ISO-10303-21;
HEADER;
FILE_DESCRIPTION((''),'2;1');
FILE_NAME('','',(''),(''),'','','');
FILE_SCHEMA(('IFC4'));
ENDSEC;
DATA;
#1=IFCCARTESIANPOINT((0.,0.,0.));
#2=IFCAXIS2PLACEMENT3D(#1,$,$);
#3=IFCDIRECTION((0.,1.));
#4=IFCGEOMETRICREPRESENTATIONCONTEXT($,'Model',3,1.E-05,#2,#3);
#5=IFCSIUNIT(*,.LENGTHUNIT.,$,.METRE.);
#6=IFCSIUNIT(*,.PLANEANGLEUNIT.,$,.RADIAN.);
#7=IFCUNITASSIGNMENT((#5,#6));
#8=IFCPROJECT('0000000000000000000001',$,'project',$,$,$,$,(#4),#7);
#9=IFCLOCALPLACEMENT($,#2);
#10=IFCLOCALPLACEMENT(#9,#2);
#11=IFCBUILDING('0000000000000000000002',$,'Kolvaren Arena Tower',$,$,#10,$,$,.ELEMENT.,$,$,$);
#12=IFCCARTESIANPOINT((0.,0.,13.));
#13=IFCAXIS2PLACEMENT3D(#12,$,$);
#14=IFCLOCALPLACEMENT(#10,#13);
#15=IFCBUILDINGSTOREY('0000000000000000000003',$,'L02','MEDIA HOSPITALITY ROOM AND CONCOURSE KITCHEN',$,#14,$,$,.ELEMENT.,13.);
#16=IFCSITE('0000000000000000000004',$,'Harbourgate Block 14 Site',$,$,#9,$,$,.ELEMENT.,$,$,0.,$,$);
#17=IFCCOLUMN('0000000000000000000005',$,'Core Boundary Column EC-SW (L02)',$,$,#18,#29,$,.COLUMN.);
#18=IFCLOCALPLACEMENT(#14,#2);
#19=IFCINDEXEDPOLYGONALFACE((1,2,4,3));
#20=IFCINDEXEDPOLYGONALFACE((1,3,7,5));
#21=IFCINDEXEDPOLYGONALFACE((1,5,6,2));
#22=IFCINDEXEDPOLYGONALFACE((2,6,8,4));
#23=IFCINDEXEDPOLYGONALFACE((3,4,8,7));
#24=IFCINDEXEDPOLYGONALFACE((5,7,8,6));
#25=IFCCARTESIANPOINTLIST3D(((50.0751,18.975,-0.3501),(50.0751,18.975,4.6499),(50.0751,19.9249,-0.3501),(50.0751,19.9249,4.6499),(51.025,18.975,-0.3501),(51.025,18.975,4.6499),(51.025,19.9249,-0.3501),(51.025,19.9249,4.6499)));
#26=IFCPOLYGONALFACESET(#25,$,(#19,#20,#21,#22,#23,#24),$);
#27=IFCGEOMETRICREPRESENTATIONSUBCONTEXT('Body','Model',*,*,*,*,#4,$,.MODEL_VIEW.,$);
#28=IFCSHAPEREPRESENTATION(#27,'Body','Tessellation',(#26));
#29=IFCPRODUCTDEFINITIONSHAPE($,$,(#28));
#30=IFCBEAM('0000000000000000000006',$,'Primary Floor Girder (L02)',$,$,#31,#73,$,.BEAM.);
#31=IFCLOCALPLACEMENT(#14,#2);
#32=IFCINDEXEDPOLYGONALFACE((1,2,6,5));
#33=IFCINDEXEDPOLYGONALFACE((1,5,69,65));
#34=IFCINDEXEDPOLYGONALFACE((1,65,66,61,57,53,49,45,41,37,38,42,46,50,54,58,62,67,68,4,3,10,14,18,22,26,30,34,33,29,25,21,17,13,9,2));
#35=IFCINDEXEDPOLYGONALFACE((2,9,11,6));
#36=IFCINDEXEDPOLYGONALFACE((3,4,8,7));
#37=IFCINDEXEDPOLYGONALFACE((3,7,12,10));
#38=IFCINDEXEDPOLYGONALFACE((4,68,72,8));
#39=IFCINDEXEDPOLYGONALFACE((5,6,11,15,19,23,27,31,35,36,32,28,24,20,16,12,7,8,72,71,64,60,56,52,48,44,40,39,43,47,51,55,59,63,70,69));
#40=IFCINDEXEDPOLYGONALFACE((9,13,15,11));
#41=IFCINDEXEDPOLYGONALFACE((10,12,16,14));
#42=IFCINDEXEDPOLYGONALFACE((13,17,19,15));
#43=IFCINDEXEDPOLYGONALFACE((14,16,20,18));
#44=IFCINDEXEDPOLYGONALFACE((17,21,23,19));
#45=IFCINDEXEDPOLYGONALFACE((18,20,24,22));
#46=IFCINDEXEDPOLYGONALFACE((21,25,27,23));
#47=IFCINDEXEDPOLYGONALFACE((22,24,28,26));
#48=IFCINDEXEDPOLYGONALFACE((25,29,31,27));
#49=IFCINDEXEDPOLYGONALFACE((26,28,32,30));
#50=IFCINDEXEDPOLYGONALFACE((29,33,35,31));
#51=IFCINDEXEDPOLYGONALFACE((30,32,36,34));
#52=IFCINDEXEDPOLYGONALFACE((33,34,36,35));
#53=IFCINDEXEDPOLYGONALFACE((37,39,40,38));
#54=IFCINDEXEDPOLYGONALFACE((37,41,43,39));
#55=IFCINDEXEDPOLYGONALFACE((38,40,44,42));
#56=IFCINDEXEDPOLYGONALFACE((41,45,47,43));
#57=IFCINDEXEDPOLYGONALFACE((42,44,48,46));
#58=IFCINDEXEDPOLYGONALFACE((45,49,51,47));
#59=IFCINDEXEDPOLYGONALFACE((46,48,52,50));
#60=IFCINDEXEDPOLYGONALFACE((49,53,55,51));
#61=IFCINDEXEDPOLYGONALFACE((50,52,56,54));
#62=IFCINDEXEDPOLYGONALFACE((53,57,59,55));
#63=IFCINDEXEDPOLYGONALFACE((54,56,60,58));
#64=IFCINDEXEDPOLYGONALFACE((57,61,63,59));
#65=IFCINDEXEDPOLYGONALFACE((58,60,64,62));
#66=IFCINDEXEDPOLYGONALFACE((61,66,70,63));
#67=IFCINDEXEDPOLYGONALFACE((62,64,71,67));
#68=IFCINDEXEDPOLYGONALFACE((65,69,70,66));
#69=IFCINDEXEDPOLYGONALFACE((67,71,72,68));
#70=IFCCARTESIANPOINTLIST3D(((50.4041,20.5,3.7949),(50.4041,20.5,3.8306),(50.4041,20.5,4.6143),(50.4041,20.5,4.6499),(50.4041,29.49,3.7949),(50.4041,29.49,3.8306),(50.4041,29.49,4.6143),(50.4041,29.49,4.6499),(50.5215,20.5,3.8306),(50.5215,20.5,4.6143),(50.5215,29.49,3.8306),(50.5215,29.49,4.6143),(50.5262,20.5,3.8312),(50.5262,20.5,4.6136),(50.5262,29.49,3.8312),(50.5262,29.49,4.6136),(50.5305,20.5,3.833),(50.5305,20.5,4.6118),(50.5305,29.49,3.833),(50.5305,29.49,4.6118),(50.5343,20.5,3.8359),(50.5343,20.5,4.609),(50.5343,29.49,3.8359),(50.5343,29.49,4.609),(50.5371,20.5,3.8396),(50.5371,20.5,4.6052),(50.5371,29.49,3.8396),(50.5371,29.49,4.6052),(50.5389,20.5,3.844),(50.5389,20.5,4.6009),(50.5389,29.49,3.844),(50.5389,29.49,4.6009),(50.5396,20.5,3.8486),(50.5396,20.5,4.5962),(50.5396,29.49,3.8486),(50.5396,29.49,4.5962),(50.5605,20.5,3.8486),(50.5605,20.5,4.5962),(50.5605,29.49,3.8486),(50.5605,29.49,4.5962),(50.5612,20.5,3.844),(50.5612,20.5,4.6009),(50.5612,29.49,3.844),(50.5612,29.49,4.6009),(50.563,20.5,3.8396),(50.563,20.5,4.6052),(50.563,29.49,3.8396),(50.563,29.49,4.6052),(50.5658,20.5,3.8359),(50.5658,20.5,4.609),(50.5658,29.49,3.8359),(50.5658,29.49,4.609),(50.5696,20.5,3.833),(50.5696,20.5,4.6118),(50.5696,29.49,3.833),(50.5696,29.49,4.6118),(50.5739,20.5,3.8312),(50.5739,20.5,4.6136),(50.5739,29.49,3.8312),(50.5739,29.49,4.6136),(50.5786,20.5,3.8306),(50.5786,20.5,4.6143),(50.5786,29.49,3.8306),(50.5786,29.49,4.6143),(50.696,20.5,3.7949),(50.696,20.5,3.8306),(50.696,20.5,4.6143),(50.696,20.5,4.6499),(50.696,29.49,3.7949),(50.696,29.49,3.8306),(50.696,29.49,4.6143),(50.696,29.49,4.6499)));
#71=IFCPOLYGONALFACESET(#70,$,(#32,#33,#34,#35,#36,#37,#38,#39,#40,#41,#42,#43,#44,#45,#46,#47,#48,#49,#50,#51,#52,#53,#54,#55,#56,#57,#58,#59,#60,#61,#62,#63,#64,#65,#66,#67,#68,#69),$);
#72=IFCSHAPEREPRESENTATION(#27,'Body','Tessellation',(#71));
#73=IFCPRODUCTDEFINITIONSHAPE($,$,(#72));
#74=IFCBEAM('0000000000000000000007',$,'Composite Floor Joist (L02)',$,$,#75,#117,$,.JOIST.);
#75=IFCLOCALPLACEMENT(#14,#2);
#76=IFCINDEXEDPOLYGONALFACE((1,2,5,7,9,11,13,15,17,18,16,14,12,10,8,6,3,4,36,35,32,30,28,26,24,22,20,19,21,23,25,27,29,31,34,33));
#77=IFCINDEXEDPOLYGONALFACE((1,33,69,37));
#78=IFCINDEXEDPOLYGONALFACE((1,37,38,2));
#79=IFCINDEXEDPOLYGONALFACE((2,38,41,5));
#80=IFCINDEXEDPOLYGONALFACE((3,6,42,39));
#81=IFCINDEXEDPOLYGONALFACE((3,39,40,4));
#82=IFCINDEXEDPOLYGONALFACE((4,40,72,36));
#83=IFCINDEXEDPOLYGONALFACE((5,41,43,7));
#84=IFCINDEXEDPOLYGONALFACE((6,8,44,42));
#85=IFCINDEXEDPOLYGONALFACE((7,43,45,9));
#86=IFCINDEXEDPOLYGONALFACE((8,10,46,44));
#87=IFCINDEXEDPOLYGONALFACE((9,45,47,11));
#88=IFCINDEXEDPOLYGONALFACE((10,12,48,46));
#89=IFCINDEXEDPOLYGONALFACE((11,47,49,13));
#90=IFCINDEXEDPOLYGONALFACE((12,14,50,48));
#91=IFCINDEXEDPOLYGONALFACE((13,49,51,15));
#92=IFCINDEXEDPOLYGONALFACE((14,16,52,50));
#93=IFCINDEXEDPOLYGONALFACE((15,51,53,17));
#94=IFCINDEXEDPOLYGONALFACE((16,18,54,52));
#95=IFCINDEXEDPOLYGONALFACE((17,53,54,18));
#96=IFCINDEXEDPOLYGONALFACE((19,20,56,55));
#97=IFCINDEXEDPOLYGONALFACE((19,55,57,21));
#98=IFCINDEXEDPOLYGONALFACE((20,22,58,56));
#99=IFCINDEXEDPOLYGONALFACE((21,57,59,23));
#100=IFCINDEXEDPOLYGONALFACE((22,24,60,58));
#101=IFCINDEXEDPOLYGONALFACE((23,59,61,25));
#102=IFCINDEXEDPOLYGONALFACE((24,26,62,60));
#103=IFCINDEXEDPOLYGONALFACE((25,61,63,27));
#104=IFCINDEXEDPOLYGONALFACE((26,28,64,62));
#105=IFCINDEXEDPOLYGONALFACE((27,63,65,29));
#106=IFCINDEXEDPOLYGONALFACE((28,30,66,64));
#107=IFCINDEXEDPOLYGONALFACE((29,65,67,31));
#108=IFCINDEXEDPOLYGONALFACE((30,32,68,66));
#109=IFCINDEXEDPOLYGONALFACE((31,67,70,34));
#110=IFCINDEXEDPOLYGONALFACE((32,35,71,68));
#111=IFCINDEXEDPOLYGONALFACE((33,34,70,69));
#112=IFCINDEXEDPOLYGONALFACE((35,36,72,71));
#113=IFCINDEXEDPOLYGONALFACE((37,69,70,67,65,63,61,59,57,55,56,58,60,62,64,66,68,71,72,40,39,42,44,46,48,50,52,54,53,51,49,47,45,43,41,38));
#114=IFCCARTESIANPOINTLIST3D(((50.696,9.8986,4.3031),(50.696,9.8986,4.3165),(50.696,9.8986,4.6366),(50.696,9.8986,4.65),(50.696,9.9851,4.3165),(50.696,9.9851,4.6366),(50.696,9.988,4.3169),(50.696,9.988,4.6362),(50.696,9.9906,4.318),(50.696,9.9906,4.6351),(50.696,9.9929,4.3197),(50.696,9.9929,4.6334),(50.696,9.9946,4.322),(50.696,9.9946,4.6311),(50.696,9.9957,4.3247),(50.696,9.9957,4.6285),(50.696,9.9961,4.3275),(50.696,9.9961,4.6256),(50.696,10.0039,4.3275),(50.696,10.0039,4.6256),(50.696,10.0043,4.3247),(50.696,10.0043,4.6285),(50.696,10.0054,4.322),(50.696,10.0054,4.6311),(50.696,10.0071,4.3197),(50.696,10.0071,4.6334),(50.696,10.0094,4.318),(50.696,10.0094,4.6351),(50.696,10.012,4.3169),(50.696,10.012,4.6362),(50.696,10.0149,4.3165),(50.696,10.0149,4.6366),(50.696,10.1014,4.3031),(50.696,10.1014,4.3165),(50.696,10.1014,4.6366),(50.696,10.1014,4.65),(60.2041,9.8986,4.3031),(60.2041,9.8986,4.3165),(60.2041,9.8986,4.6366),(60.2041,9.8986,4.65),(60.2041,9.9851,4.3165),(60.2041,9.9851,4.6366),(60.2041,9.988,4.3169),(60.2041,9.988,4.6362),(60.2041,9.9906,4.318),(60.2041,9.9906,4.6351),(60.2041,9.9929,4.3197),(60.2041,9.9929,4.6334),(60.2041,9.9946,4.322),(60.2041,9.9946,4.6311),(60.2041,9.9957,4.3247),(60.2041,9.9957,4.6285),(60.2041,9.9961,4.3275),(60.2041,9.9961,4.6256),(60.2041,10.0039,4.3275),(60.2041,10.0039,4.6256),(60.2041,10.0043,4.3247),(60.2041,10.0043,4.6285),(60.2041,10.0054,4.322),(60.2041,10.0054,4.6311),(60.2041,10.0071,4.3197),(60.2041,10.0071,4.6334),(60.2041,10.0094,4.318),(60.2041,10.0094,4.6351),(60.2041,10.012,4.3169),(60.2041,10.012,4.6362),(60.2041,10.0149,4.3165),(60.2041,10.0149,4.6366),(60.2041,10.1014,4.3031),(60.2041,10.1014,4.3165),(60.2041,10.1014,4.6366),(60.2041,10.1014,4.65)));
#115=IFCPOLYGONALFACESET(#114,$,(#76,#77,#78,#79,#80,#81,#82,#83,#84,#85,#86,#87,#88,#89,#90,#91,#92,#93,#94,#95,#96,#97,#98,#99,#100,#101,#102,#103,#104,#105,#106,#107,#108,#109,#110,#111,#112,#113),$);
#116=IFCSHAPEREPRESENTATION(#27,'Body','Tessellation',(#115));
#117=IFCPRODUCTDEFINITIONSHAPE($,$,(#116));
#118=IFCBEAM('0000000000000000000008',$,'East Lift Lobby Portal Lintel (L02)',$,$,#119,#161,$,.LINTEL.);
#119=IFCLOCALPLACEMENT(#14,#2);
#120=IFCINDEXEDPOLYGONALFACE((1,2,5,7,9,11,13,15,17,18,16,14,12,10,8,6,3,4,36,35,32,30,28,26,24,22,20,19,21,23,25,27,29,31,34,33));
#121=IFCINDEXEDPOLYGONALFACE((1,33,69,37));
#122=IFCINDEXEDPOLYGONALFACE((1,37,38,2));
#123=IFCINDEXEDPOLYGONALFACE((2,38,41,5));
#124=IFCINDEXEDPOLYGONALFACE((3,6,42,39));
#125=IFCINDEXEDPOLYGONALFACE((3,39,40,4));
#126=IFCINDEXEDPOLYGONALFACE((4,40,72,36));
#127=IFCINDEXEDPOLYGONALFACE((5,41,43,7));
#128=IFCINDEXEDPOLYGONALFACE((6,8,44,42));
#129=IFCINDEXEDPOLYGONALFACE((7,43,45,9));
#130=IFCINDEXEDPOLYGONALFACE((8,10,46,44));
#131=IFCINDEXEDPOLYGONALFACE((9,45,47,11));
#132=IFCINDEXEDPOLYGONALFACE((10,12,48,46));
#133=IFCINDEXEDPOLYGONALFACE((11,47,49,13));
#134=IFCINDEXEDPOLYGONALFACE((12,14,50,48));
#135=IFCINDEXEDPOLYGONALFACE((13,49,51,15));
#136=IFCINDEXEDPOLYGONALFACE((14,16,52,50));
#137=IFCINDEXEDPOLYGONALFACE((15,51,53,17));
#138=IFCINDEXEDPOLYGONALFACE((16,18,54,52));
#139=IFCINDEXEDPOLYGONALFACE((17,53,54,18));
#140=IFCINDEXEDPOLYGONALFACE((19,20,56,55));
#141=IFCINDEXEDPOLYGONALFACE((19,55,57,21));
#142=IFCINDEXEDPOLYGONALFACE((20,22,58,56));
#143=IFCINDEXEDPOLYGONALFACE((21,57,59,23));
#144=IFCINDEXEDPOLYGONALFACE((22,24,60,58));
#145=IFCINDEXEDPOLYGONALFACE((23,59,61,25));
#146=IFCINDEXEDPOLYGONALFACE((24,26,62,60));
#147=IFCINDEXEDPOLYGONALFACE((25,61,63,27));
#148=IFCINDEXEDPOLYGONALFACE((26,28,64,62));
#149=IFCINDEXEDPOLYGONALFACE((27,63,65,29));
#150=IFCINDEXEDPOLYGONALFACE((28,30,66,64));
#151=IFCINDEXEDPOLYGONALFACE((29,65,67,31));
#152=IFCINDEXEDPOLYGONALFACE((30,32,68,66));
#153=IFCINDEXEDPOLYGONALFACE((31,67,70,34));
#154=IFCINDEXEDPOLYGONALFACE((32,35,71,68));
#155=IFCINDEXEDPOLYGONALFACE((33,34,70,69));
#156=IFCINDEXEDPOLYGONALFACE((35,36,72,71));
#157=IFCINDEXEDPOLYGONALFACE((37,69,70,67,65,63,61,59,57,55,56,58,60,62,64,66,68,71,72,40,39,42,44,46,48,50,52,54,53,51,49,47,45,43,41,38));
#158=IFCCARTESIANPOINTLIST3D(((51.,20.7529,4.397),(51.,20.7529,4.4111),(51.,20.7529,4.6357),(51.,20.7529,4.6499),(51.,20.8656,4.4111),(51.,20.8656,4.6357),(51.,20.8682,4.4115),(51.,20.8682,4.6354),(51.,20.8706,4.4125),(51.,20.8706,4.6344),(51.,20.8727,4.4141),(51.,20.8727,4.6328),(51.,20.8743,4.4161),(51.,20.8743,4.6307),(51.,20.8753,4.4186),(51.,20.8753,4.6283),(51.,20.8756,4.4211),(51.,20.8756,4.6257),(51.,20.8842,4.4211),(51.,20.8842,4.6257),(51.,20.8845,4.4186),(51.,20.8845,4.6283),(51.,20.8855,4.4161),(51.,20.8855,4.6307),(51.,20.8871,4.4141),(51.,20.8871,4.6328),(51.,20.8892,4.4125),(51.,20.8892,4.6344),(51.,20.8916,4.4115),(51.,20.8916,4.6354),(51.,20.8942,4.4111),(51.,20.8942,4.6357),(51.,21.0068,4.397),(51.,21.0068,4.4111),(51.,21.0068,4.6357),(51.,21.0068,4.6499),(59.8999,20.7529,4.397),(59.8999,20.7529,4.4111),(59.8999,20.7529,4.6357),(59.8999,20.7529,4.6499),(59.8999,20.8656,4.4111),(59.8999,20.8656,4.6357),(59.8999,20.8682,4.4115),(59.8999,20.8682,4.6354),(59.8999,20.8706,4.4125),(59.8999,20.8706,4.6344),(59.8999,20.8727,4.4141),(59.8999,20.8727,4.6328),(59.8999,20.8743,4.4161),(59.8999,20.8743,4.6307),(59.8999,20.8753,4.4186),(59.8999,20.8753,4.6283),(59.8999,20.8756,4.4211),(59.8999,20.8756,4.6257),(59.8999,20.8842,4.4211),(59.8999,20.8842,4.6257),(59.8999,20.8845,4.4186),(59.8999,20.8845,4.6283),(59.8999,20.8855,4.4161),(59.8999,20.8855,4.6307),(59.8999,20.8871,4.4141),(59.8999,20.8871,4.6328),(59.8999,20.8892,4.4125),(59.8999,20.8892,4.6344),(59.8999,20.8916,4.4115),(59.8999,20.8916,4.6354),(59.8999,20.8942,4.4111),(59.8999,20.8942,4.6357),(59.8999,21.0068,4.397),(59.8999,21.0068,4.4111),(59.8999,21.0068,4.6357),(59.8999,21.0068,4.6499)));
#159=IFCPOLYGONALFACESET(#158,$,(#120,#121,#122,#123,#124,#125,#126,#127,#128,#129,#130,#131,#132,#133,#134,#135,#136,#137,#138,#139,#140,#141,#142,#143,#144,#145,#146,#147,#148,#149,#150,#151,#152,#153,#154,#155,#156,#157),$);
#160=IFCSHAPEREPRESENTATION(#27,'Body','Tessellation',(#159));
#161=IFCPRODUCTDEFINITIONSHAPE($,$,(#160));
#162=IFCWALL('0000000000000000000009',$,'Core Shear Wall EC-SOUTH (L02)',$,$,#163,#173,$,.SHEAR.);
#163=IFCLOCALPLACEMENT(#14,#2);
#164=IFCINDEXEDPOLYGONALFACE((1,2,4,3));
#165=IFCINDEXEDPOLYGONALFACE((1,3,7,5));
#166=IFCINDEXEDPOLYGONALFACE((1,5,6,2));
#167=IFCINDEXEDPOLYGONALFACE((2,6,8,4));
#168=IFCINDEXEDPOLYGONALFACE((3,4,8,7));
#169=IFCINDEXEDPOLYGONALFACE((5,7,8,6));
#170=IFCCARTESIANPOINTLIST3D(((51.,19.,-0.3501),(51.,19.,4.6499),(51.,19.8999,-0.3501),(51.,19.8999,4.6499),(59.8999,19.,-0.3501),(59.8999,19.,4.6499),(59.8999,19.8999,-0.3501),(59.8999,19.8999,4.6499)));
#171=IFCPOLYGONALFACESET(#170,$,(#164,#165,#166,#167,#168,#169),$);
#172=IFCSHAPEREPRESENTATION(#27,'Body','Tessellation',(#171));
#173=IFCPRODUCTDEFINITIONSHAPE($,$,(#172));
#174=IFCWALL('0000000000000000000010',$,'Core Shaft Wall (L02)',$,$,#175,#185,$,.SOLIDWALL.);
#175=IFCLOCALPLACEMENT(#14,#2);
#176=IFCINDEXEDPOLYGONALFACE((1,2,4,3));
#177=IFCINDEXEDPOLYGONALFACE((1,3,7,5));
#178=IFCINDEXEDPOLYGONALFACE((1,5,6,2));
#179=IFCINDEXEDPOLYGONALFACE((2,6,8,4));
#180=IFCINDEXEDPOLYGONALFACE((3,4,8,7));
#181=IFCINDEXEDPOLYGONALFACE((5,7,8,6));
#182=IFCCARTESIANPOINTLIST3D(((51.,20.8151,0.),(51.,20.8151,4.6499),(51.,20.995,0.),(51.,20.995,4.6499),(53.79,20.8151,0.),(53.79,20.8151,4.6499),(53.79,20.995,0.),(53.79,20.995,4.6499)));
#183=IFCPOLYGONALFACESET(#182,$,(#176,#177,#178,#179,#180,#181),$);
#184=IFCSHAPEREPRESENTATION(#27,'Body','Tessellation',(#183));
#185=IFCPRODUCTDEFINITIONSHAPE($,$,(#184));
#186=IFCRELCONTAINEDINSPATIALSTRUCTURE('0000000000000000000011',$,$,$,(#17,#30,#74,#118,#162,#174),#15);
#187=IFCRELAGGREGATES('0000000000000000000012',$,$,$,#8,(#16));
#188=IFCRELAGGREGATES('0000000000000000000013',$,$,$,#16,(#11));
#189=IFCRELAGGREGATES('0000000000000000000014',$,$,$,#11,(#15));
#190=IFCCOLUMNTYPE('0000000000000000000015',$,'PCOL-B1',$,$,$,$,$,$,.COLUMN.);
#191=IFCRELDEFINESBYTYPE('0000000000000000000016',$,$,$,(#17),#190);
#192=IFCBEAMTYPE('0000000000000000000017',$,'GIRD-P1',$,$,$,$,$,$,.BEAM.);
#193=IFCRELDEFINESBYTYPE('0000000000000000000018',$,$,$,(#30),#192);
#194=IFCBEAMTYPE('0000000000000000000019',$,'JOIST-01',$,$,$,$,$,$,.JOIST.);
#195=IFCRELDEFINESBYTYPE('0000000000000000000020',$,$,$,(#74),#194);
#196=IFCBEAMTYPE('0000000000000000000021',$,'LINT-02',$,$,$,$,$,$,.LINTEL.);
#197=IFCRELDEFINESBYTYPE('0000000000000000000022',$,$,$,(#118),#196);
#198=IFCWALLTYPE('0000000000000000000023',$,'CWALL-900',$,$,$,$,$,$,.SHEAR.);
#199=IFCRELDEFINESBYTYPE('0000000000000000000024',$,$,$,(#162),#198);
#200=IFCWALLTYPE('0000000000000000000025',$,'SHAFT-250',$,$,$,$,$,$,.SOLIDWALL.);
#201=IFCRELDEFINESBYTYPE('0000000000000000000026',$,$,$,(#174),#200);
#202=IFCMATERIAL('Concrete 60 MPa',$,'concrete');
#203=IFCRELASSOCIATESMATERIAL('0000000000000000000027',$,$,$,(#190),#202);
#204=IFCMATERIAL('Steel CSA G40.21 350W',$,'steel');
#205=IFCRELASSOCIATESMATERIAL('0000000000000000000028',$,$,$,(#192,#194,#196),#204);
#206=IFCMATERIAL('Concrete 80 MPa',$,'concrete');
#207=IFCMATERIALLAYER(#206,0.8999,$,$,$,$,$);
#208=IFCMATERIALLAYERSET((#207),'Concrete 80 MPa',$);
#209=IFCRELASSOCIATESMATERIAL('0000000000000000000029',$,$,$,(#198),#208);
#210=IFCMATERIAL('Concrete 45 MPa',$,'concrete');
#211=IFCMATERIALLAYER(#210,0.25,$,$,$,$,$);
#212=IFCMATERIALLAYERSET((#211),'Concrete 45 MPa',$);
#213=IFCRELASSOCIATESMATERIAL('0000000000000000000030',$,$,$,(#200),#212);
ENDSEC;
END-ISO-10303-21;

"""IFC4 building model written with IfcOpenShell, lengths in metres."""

from ifc_helpers import new_model, si_unit, direction, frame, frame_2d, origin, origin_2d, place, context, subcontext, project, spatial, rectangle, i_section, extrude, material, layer, layer_set, material_profile, profile_set, type_object, element, save


model = new_model("IFC4")

# Units and contexts
model_context = context("Model", 3, precision=1e-05, world=origin(), true_north=direction((0.0, 1.0)))
body_context = subcontext(model_context, "Body", "Model", "MODEL_VIEW")
ifc_project = project(units=[si_unit("LENGTHUNIT", "METRE"), si_unit("PLANEANGLEUNIT", "RADIAN")], contexts=[model_context])

# Site, building, storey
site_placement = place(None, origin())
site = spatial("IfcSite", under=ifc_project, at=site_placement, Name="Harbourgate Block 14 Site", CompositionType="ELEMENT", RefElevation=0.0)
building_placement = place(site_placement, origin())
building = spatial("IfcBuilding", under=site, at=building_placement, Name="Kolvaren Arena Tower", CompositionType="ELEMENT")
storey_placement = place(building_placement, frame((0.0, 0.0, 13.0)))
storey = spatial("IfcBuildingStorey", under=building, at=storey_placement, Name="L02", Description="MEDIA HOSPITALITY ROOM AND CONCOURSE KITCHEN", CompositionType="ELEMENT", Elevation=13.0)

# Column
ifc_material_1 = material(Name="Concrete 60 MPa", Category="concrete")
ifc_material_profile_1 = material_profile(ifc_material_1, rectangle(XDim=0.95, YDim=0.95, at=origin_2d()), Name="RC-950x950")
ifc_profile_set_1 = profile_set([ifc_material_profile_1], Name="Concrete 60 MPa")
column_type = type_object("IfcColumnType", Name="PCOL-B1", PredefinedType="COLUMN", material=ifc_profile_set_1)
column_placement = place(storey_placement, frame((50.55, 19.45, -0.3501), z_axis=(0.0, 0.0, 1.0), x_axis=(1.0, 0.0, 0.0)))
element("IfcColumn", 1, at=column_placement, inside=storey, type_object=column_type, Name="Core Boundary Column EC-SW (L02)", PredefinedType="COLUMN", context=body_context, shape_type="SweptSolid", body=[
    extrude(rectangle(XDim=0.95, YDim=0.95, at=origin_2d()), origin(), (0.0, 0.0, 1.0), 5.0),
])

# Beams
ifc_material_2 = material(Name="Steel CSA G40.21 350W", Category="steel")
ifc_material_profile_2 = material_profile(ifc_material_2, i_section(OverallWidth=0.292, OverallDepth=0.855, WebThickness=0.021, FlangeThickness=0.0356, FilletRadius=0.0181, at=origin_2d()), Name="W840x299")
ifc_profile_set_2 = profile_set([ifc_material_profile_2], Name="Steel CSA G40.21 350W")
beam_type_1 = type_object("IfcBeamType", Name="GIRD-P1", PredefinedType="BEAM", material=ifc_profile_set_2)
beam_1_placement = place(storey_placement, frame((50.55, 20.5, 4.2224), z_axis=(0.0, 1.0, 0.0), x_axis=(-1.0, 0.0, 0.0)))
element("IfcBeam", 2, at=beam_1_placement, inside=storey, type_object=beam_type_1, Name="Primary Floor Girder (L02)", PredefinedType="BEAM", context=body_context, shape_type="SweptSolid", body=[
    extrude(i_section(OverallWidth=0.292, OverallDepth=0.855, WebThickness=0.021, FlangeThickness=0.0356, FilletRadius=0.0181, at=origin_2d()), origin(), (0.0, 0.0, 1.0), 8.99),
])
ifc_material_profile_3 = material_profile(ifc_material_2, i_section(OverallWidth=0.2029, OverallDepth=0.3469, WebThickness=0.0078, FlangeThickness=0.0134, FilletRadius=0.011, at=origin_2d()), Name="W360x64")
ifc_profile_set_3 = profile_set([ifc_material_profile_3], Name="Steel CSA G40.21 350W")
beam_type_2 = type_object("IfcBeamType", Name="JOIST-01", PredefinedType="JOIST", material=ifc_profile_set_3)
beam_2_placement = place(storey_placement, frame((50.696, 10.0, 4.4766), z_axis=(1.0, 0.0, 0.0), x_axis=(0.0, 1.0, 0.0)))
element("IfcBeam", 3, at=beam_2_placement, inside=storey, type_object=beam_type_2, Name="Composite Floor Joist (L02)", PredefinedType="JOIST", context=body_context, shape_type="SweptSolid", body=[
    extrude(i_section(OverallWidth=0.2029, OverallDepth=0.3469, WebThickness=0.0078, FlangeThickness=0.0134, FilletRadius=0.011, at=origin_2d()), origin(), (0.0, 0.0, 1.0), 9.5081),
])
ifc_material_profile_4 = material_profile(ifc_material_2, i_section(OverallWidth=0.2539, OverallDepth=0.2529, WebThickness=0.0085, FlangeThickness=0.0142, FilletRadius=0.01, at=origin_2d()), Name="W250x73")
ifc_profile_set_4 = profile_set([ifc_material_profile_4], Name="Steel CSA G40.21 350W")
beam_type_3 = type_object("IfcBeamType", Name="LINT-02", PredefinedType="LINTEL", material=ifc_profile_set_4)
beam_3_placement = place(storey_placement, frame((51.0, 20.8799, 4.5234), z_axis=(1.0, 0.0, 0.0), x_axis=(0.0, 1.0, 0.0)))
element("IfcBeam", 4, at=beam_3_placement, inside=storey, type_object=beam_type_3, Name="East Lift Lobby Portal Lintel (L02)", PredefinedType="LINTEL", context=body_context, shape_type="SweptSolid", body=[
    extrude(i_section(OverallWidth=0.2539, OverallDepth=0.2529, WebThickness=0.0085, FlangeThickness=0.0142, FilletRadius=0.01, at=origin_2d()), origin(), (0.0, 0.0, 1.0), 8.8999),
])

# Walls
ifc_material_3 = material(Name="Concrete 80 MPa", Category="concrete")
ifc_layer_1 = layer(ifc_material_3, 0.8999)
ifc_layer_set_1 = layer_set([ifc_layer_1], Name="Concrete 80 MPa")
wall_type_1 = type_object("IfcWallType", Name="CWALL-900", PredefinedType="SHEAR", material=ifc_layer_set_1)
wall_1_placement = place(storey_placement, frame((51.0, 19.45, -0.3501), z_axis=(0.0, 0.0, 1.0), x_axis=(1.0, 0.0, 0.0)))
element("IfcWall", 5, at=wall_1_placement, inside=storey, type_object=wall_type_1, Name="Core Shear Wall EC-SOUTH (L02)", PredefinedType="SHEAR", context=body_context, shape_type="SweptSolid", body=[
    extrude(rectangle(XDim=8.8999, YDim=0.8999, at=frame_2d((4.45, 0.0))), origin(), (0.0, 0.0, 1.0), 5.0),
])
ifc_material_4 = material(Name="Concrete 45 MPa", Category="concrete")
ifc_layer_2 = layer(ifc_material_4, 0.25)
ifc_layer_set_2 = layer_set([ifc_layer_2], Name="Concrete 45 MPa")
wall_type_2 = type_object("IfcWallType", Name="SHAFT-250", PredefinedType="SOLIDWALL", material=ifc_layer_set_2)
for number, where, z_axis, x_axis, name in (
    (6, (51.0, 20.905, 0.0), (0.0, 0.0, 1.0), (1.0, 0.0, 0.0), "Core Shaft Wall (L02)"),
):
    element("IfcWall", number, at=place(storey_placement, frame(where, z_axis=z_axis, x_axis=x_axis)), inside=storey, type_object=wall_type_2, Name=name, PredefinedType="SOLIDWALL", context=body_context, shape_type="SweptSolid", body=[
        extrude(rectangle(XDim=2.79, YDim=0.1799, at=frame_2d((1.395, 0.0))), origin(), (0.0, 0.0, 1.0), 4.6499),
    ])

save(model, "model.ifc")
